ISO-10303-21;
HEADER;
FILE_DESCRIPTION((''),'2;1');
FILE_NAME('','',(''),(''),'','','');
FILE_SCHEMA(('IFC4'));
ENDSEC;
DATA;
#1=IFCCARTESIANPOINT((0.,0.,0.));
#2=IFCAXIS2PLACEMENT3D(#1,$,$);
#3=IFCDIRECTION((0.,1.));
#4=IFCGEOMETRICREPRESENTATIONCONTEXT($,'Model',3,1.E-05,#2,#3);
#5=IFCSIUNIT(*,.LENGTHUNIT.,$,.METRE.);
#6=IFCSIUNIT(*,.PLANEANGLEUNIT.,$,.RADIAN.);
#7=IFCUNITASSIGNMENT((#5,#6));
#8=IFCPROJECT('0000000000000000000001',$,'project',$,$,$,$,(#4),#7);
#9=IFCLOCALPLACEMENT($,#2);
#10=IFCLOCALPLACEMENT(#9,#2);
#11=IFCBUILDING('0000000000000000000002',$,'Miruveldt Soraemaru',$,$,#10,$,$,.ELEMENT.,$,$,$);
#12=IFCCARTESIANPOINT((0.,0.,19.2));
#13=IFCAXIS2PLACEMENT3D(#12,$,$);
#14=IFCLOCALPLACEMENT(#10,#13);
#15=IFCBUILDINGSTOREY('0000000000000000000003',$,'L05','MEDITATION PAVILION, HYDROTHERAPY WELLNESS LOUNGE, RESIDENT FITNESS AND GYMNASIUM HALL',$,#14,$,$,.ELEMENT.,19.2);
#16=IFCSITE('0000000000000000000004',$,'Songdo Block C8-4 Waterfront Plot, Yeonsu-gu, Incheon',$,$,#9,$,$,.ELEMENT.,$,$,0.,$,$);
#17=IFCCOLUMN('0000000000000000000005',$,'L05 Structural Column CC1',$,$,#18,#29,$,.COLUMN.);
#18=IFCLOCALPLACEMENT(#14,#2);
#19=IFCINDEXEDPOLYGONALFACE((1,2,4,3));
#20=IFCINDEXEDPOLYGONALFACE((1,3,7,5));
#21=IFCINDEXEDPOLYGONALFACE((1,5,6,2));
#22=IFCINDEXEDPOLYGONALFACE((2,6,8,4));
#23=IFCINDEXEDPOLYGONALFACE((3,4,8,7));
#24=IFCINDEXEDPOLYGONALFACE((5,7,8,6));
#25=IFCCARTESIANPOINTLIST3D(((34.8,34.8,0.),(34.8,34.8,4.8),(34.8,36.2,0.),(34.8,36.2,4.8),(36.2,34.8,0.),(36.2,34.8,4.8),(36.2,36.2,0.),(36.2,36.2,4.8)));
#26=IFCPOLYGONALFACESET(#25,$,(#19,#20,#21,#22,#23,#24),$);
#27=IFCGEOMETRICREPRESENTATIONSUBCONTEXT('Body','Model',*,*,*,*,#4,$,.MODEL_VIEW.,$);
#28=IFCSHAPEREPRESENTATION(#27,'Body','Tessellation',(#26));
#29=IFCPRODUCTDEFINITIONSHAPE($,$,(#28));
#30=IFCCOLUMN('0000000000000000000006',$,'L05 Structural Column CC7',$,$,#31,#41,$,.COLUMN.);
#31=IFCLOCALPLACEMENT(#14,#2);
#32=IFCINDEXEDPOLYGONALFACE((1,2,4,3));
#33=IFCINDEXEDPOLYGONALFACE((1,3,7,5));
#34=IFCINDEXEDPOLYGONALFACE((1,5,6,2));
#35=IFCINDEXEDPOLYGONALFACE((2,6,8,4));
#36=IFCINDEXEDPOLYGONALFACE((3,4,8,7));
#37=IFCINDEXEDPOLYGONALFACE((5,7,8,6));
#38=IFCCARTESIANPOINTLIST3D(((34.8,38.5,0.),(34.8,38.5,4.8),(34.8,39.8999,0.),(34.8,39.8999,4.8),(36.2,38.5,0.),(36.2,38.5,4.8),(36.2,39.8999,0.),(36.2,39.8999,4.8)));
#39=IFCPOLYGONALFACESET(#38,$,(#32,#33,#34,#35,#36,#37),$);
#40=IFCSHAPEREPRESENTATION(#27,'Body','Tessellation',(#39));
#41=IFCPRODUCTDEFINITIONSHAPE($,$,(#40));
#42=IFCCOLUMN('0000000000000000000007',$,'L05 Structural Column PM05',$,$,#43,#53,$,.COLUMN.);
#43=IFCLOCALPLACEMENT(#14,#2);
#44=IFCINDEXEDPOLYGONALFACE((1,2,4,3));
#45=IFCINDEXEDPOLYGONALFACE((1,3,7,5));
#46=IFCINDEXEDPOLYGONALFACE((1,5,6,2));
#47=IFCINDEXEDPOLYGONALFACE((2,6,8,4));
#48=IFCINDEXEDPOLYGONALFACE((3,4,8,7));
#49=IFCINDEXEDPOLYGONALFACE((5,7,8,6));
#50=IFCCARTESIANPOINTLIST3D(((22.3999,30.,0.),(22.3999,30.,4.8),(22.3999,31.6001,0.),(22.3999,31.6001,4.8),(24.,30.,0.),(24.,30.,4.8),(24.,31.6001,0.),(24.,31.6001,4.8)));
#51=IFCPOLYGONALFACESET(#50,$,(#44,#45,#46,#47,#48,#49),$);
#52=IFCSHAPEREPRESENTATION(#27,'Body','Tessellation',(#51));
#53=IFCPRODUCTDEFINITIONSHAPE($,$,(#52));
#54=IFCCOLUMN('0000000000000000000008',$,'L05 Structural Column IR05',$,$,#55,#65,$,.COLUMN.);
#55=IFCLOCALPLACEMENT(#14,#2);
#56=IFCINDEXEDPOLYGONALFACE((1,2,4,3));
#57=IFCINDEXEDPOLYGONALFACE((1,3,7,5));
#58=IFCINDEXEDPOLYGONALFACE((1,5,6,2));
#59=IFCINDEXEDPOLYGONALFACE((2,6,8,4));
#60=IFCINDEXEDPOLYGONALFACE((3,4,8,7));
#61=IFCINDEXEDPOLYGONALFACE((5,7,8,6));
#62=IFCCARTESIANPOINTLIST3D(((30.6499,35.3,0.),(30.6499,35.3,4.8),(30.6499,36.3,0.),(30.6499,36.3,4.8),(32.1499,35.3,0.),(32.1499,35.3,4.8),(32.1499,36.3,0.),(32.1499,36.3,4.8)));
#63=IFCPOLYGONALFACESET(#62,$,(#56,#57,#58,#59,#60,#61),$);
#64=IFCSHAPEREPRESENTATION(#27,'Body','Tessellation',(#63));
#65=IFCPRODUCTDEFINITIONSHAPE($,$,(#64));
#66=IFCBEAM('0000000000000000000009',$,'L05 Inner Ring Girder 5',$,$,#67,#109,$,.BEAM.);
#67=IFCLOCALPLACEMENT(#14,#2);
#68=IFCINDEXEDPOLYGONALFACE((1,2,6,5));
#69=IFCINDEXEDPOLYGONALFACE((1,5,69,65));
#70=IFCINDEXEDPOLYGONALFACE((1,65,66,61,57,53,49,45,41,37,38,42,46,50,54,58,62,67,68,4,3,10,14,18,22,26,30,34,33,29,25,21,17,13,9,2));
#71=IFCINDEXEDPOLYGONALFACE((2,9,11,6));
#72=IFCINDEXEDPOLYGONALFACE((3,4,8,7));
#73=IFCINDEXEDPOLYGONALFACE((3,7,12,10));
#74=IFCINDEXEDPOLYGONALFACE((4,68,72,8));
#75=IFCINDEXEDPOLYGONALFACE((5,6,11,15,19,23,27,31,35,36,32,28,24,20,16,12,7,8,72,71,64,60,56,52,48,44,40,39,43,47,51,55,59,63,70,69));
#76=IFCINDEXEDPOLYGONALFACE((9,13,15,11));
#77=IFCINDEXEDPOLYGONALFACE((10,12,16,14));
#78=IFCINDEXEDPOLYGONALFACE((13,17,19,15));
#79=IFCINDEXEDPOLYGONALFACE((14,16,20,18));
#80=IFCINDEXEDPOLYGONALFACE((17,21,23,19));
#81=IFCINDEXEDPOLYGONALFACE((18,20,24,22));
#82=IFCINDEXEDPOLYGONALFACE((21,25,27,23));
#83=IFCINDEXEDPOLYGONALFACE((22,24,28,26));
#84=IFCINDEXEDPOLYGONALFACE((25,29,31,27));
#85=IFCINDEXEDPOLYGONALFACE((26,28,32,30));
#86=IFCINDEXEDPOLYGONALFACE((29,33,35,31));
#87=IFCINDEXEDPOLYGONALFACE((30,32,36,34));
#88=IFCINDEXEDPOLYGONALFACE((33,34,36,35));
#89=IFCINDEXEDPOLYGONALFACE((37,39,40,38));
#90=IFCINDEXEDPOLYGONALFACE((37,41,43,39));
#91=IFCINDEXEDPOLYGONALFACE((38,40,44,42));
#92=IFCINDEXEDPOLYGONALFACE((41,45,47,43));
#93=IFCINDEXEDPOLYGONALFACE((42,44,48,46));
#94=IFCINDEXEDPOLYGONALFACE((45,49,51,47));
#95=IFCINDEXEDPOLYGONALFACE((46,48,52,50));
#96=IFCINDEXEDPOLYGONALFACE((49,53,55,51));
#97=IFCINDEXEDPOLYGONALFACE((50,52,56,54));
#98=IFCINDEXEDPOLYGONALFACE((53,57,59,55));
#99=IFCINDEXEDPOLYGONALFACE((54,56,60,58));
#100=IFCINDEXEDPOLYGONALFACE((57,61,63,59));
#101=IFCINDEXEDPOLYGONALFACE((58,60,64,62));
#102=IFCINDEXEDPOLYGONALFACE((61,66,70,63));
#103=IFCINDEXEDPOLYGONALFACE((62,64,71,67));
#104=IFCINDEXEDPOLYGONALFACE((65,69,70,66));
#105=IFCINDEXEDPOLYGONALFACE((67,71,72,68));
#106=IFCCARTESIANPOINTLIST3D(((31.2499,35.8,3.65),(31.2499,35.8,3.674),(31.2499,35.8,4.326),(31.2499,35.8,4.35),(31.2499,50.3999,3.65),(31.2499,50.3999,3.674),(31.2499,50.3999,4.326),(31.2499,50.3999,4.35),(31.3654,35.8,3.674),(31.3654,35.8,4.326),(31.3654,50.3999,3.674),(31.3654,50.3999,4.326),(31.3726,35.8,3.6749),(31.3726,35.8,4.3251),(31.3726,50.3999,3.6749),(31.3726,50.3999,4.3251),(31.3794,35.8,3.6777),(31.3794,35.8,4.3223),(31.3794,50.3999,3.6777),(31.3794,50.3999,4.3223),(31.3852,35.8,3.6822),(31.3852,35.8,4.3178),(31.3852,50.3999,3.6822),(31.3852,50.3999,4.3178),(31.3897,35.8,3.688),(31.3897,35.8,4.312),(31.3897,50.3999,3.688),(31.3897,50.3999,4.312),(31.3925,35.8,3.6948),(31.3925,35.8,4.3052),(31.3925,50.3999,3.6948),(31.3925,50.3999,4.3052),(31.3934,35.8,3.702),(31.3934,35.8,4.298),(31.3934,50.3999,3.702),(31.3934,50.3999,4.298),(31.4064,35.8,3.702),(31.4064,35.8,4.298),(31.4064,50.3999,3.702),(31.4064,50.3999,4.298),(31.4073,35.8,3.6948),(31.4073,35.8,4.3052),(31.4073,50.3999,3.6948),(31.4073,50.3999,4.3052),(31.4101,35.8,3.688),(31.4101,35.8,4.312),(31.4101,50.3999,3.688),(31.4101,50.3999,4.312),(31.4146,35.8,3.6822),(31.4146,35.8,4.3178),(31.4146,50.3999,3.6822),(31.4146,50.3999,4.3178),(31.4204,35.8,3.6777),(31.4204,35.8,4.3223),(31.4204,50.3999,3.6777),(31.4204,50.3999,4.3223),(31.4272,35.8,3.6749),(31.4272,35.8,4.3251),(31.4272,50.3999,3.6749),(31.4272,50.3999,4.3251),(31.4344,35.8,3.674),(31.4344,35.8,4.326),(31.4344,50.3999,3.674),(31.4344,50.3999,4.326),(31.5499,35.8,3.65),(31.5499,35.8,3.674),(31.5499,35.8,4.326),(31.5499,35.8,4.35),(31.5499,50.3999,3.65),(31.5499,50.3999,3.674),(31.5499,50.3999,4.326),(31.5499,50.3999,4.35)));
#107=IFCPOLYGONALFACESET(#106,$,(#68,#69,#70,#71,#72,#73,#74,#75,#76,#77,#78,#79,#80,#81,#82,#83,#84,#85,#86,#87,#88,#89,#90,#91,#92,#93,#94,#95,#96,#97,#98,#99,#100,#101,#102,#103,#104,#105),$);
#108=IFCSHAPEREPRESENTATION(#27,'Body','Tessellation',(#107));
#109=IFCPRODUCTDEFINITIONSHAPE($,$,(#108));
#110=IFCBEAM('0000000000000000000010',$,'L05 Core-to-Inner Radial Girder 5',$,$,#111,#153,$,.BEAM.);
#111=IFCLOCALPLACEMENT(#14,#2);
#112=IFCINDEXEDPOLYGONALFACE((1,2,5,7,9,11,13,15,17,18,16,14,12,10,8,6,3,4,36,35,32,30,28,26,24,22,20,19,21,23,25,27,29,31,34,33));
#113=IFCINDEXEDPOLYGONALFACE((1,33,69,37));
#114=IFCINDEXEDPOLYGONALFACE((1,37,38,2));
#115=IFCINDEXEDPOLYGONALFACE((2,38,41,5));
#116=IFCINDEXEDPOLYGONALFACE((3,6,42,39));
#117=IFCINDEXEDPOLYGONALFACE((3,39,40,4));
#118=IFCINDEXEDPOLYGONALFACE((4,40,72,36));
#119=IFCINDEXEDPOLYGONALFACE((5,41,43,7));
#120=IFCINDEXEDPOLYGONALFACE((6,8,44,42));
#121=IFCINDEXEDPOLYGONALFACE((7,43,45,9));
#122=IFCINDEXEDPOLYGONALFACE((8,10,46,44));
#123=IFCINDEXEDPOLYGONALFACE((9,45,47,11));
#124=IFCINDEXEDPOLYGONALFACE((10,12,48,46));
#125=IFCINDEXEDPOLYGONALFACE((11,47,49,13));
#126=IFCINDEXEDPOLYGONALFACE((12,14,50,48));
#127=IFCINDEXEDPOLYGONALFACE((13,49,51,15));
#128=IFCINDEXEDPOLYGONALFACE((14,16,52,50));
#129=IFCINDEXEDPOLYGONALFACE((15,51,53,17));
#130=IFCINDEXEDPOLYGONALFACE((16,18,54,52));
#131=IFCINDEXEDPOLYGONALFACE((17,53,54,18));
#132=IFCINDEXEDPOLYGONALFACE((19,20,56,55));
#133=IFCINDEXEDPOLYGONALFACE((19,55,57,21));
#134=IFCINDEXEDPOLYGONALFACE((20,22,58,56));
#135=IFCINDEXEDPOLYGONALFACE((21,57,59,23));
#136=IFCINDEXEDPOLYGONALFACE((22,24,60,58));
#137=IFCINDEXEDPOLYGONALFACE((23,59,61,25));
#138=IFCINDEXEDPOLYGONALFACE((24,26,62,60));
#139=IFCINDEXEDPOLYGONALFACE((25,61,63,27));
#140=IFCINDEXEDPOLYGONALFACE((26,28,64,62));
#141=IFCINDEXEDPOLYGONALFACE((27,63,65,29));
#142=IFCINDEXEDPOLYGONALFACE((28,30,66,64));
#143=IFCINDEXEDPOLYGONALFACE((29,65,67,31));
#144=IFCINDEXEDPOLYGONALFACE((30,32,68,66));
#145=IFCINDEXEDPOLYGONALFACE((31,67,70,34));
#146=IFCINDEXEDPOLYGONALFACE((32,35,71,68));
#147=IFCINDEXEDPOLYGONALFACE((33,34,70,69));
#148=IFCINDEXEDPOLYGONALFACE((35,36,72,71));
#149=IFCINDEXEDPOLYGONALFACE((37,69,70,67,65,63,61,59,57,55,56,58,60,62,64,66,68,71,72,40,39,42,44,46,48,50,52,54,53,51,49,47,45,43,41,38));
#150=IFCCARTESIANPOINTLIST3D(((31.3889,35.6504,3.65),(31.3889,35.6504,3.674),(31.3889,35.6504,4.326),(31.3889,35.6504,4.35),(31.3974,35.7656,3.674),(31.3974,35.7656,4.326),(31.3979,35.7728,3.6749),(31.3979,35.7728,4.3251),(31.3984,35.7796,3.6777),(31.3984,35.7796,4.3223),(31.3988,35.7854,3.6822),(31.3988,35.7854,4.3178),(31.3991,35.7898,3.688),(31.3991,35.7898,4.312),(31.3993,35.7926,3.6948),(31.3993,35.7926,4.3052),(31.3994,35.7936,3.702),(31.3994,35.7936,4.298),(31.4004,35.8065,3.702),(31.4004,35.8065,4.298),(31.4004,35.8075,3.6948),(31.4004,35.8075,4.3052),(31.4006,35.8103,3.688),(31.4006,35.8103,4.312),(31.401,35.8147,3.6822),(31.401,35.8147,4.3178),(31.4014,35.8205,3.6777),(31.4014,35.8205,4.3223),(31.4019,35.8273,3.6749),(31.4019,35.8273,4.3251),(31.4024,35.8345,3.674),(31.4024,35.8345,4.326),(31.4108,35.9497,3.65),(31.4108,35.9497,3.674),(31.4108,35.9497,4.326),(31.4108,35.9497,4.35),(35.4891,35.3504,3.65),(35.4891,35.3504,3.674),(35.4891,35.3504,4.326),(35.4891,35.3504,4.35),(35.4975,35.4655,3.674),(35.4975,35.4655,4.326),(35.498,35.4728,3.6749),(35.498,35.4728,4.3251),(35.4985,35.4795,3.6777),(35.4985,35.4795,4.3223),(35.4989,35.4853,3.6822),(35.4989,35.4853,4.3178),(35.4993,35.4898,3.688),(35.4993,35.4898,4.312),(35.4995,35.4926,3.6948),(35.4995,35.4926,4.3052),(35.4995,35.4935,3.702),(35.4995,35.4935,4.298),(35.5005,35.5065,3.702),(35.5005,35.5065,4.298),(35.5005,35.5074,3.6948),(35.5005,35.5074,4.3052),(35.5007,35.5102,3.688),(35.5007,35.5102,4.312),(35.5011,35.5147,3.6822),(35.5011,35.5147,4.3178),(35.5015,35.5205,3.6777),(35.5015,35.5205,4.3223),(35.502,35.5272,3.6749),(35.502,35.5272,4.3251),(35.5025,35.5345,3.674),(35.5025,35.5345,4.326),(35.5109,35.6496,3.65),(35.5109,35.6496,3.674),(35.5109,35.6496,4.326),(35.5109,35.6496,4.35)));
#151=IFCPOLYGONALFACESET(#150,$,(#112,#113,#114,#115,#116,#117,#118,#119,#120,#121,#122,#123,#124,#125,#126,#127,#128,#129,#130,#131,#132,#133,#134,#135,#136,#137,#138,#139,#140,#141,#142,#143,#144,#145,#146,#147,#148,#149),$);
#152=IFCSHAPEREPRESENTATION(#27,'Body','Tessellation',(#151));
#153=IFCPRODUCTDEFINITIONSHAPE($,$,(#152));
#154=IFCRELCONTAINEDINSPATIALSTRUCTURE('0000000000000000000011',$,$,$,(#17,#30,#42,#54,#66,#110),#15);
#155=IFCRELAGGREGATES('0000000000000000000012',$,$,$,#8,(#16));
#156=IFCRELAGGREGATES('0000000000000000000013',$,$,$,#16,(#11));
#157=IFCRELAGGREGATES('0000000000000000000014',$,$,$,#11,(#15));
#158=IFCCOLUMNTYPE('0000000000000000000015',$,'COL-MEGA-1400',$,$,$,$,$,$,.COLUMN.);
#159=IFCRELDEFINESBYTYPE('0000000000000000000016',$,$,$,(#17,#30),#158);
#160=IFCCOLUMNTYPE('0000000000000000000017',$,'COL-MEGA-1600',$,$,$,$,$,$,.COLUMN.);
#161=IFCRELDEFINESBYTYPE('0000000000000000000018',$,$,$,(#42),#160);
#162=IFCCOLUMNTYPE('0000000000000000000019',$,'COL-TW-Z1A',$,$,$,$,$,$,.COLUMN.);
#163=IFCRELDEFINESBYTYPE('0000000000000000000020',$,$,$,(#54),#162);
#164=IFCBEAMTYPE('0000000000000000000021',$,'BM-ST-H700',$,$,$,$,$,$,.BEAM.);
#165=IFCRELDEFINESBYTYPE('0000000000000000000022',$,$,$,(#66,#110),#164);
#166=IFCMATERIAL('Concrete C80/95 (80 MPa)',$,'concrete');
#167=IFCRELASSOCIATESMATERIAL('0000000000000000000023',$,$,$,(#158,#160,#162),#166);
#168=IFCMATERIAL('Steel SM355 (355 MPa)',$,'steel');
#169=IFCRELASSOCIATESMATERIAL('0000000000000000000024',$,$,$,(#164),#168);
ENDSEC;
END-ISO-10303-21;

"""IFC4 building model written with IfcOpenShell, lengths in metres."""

from ifc_helpers import new_model, si_unit, direction, frame, origin, origin_2d, place, context, subcontext, project, spatial, rectangle, i_section, extrude, material, material_profile, profile_set, type_object, element, save


model = new_model("IFC4")

# Units and contexts
model_context = context("Model", 3, precision=1e-05, world=origin(), true_north=direction((0.0, 1.0)))
body_context = subcontext(model_context, "Body", "Model", "MODEL_VIEW")
ifc_project = project(units=[si_unit("LENGTHUNIT", "METRE"), si_unit("PLANEANGLEUNIT", "RADIAN")], contexts=[model_context])

# Site, building, storey
site_placement = place(None, origin())
site = spatial("IfcSite", under=ifc_project, at=site_placement, Name="Songdo Block C8-4 Waterfront Plot, Yeonsu-gu, Incheon", CompositionType="ELEMENT", RefElevation=0.0)
building_placement = place(site_placement, origin())
building = spatial("IfcBuilding", under=site, at=building_placement, Name="Miruveldt Soraemaru", CompositionType="ELEMENT")
storey_placement = place(building_placement, frame((0.0, 0.0, 19.2)))
storey = spatial("IfcBuildingStorey", under=building, at=storey_placement, Name="L05", Description="MEDITATION PAVILION, HYDROTHERAPY WELLNESS LOUNGE, RESIDENT FITNESS AND GYMNASIUM HALL", CompositionType="ELEMENT", Elevation=19.2)

# Columns
ifc_material_1 = material(Name="Concrete C80/95 (80 MPa)", Category="concrete")
ifc_material_profile_1 = material_profile(ifc_material_1, rectangle(XDim=1.3999, YDim=1.3999, at=origin_2d()), Name="Concrete C80/95 (80 MPa)", Category="concrete")
ifc_profile_set_1 = profile_set([ifc_material_profile_1], Name="Concrete C80/95 (80 MPa)")
column_type_1 = type_object("IfcColumnType", Name="COL-MEGA-1400", PredefinedType="COLUMN", material=ifc_profile_set_1)
for number, where, z_axis, x_axis, name in (
    (1, (35.5, 35.5, 0.0), (0.0, 0.0, 1.0), (1.0, 0.0, 0.0), "L05 Structural Column CC1"),
    (2, (35.5, 39.2, 0.0), (0.0, 0.0, 1.0), (1.0, 0.0, 0.0), "L05 Structural Column CC7"),
):
    element("IfcColumn", number, at=place(storey_placement, frame(where, z_axis=z_axis, x_axis=x_axis)), inside=storey, type_object=column_type_1, Name=name, PredefinedType="COLUMN", context=body_context, shape_type="SweptSolid", body=[
        extrude(rectangle(XDim=1.3999, YDim=1.3999, at=origin_2d()), origin(), (0.0, 0.0, 1.0), 4.8),
    ])
ifc_material_profile_2 = material_profile(ifc_material_1, rectangle(XDim=1.6001, YDim=1.6001, at=origin_2d()), Name="Concrete C80/95 (80 MPa)", Category="concrete")
ifc_profile_set_2 = profile_set([ifc_material_profile_2], Name="Concrete C80/95 (80 MPa)")
column_type_2 = type_object("IfcColumnType", Name="COL-MEGA-1600", PredefinedType="COLUMN", material=ifc_profile_set_2)
column_1_placement = place(storey_placement, frame((23.2, 30.8, 0.0), z_axis=(0.0, 0.0, 1.0), x_axis=(1.0, 0.0, 0.0)))
element("IfcColumn", 3, at=column_1_placement, inside=storey, type_object=column_type_2, Name="L05 Structural Column PM05", PredefinedType="COLUMN", context=body_context, shape_type="SweptSolid", body=[
    extrude(rectangle(XDim=1.6001, YDim=1.6001, at=origin_2d()), origin(), (0.0, 0.0, 1.0), 4.8),
])
ifc_material_profile_3 = material_profile(ifc_material_1, rectangle(XDim=1.5, YDim=1.0, at=origin_2d()), Name="Concrete C80/95 (80 MPa)", Category="concrete")
ifc_profile_set_3 = profile_set([ifc_material_profile_3], Name="Concrete C80/95 (80 MPa)")
column_type_3 = type_object("IfcColumnType", Name="COL-TW-Z1A", PredefinedType="COLUMN", material=ifc_profile_set_3)
column_2_placement = place(storey_placement, frame((31.3999, 35.8, 0.0), z_axis=(0.0, 0.0, 1.0), x_axis=(1.0, 0.0, 0.0)))
element("IfcColumn", 4, at=column_2_placement, inside=storey, type_object=column_type_3, Name="L05 Structural Column IR05", PredefinedType="COLUMN", context=body_context, shape_type="SweptSolid", body=[
    extrude(rectangle(XDim=1.5, YDim=1.0, at=origin_2d()), origin(), (0.0, 0.0, 1.0), 4.8),
])

# Beams
ifc_material_2 = material(Name="Steel SM355 (355 MPa)", Category="steel")
ifc_material_profile_4 = material_profile(ifc_material_2, i_section(OverallWidth=0.3, OverallDepth=0.7, WebThickness=0.0129, FlangeThickness=0.0239, FilletRadius=0.0281, at=origin_2d()), Name="Steel SM355 (355 MPa)", Category="steel")
ifc_profile_set_4 = profile_set([ifc_material_profile_4], Name="Steel SM355 (355 MPa)")
beam_type_1 = type_object("IfcBeamType", Name="BM-ST-H700", PredefinedType="BEAM", material=ifc_profile_set_4)
beam_1_placement = place(storey_placement, frame((31.3999, 35.8, 4.0), z_axis=(0.0, 1.0, 0.0), x_axis=(-1.0, 0.0, 0.0)))
element("IfcBeam", 5, at=beam_1_placement, inside=storey, type_object=beam_type_1, Name="L05 Inner Ring Girder 5", PredefinedType="BEAM", context=body_context, shape_type="SweptSolid", body=[
    extrude(i_section(OverallWidth=0.3, OverallDepth=0.7, WebThickness=0.0129, FlangeThickness=0.0239, FilletRadius=0.0281, at=origin_2d()), origin(), (0.0, 0.0, 1.0), 14.5999),
])
beam_2_placement = place(storey_placement, frame((35.5, 35.5, 4.0), z_axis=(-0.997333, 0.072986, 0.0), x_axis=(-0.072986, -0.997333, 0.0)))
element("IfcBeam", 6, at=beam_2_placement, inside=storey, type_object=beam_type_1, Name="L05 Core-to-Inner Radial Girder 5", PredefinedType="BEAM", context=body_context, shape_type="SweptSolid", body=[
    extrude(i_section(OverallWidth=0.3, OverallDepth=0.7, WebThickness=0.0129, FlangeThickness=0.0239, FilletRadius=0.0281, at=origin_2d()), origin(), (0.0, 0.0, 1.0), 4.1111),
])

save(model, "model.ifc")
